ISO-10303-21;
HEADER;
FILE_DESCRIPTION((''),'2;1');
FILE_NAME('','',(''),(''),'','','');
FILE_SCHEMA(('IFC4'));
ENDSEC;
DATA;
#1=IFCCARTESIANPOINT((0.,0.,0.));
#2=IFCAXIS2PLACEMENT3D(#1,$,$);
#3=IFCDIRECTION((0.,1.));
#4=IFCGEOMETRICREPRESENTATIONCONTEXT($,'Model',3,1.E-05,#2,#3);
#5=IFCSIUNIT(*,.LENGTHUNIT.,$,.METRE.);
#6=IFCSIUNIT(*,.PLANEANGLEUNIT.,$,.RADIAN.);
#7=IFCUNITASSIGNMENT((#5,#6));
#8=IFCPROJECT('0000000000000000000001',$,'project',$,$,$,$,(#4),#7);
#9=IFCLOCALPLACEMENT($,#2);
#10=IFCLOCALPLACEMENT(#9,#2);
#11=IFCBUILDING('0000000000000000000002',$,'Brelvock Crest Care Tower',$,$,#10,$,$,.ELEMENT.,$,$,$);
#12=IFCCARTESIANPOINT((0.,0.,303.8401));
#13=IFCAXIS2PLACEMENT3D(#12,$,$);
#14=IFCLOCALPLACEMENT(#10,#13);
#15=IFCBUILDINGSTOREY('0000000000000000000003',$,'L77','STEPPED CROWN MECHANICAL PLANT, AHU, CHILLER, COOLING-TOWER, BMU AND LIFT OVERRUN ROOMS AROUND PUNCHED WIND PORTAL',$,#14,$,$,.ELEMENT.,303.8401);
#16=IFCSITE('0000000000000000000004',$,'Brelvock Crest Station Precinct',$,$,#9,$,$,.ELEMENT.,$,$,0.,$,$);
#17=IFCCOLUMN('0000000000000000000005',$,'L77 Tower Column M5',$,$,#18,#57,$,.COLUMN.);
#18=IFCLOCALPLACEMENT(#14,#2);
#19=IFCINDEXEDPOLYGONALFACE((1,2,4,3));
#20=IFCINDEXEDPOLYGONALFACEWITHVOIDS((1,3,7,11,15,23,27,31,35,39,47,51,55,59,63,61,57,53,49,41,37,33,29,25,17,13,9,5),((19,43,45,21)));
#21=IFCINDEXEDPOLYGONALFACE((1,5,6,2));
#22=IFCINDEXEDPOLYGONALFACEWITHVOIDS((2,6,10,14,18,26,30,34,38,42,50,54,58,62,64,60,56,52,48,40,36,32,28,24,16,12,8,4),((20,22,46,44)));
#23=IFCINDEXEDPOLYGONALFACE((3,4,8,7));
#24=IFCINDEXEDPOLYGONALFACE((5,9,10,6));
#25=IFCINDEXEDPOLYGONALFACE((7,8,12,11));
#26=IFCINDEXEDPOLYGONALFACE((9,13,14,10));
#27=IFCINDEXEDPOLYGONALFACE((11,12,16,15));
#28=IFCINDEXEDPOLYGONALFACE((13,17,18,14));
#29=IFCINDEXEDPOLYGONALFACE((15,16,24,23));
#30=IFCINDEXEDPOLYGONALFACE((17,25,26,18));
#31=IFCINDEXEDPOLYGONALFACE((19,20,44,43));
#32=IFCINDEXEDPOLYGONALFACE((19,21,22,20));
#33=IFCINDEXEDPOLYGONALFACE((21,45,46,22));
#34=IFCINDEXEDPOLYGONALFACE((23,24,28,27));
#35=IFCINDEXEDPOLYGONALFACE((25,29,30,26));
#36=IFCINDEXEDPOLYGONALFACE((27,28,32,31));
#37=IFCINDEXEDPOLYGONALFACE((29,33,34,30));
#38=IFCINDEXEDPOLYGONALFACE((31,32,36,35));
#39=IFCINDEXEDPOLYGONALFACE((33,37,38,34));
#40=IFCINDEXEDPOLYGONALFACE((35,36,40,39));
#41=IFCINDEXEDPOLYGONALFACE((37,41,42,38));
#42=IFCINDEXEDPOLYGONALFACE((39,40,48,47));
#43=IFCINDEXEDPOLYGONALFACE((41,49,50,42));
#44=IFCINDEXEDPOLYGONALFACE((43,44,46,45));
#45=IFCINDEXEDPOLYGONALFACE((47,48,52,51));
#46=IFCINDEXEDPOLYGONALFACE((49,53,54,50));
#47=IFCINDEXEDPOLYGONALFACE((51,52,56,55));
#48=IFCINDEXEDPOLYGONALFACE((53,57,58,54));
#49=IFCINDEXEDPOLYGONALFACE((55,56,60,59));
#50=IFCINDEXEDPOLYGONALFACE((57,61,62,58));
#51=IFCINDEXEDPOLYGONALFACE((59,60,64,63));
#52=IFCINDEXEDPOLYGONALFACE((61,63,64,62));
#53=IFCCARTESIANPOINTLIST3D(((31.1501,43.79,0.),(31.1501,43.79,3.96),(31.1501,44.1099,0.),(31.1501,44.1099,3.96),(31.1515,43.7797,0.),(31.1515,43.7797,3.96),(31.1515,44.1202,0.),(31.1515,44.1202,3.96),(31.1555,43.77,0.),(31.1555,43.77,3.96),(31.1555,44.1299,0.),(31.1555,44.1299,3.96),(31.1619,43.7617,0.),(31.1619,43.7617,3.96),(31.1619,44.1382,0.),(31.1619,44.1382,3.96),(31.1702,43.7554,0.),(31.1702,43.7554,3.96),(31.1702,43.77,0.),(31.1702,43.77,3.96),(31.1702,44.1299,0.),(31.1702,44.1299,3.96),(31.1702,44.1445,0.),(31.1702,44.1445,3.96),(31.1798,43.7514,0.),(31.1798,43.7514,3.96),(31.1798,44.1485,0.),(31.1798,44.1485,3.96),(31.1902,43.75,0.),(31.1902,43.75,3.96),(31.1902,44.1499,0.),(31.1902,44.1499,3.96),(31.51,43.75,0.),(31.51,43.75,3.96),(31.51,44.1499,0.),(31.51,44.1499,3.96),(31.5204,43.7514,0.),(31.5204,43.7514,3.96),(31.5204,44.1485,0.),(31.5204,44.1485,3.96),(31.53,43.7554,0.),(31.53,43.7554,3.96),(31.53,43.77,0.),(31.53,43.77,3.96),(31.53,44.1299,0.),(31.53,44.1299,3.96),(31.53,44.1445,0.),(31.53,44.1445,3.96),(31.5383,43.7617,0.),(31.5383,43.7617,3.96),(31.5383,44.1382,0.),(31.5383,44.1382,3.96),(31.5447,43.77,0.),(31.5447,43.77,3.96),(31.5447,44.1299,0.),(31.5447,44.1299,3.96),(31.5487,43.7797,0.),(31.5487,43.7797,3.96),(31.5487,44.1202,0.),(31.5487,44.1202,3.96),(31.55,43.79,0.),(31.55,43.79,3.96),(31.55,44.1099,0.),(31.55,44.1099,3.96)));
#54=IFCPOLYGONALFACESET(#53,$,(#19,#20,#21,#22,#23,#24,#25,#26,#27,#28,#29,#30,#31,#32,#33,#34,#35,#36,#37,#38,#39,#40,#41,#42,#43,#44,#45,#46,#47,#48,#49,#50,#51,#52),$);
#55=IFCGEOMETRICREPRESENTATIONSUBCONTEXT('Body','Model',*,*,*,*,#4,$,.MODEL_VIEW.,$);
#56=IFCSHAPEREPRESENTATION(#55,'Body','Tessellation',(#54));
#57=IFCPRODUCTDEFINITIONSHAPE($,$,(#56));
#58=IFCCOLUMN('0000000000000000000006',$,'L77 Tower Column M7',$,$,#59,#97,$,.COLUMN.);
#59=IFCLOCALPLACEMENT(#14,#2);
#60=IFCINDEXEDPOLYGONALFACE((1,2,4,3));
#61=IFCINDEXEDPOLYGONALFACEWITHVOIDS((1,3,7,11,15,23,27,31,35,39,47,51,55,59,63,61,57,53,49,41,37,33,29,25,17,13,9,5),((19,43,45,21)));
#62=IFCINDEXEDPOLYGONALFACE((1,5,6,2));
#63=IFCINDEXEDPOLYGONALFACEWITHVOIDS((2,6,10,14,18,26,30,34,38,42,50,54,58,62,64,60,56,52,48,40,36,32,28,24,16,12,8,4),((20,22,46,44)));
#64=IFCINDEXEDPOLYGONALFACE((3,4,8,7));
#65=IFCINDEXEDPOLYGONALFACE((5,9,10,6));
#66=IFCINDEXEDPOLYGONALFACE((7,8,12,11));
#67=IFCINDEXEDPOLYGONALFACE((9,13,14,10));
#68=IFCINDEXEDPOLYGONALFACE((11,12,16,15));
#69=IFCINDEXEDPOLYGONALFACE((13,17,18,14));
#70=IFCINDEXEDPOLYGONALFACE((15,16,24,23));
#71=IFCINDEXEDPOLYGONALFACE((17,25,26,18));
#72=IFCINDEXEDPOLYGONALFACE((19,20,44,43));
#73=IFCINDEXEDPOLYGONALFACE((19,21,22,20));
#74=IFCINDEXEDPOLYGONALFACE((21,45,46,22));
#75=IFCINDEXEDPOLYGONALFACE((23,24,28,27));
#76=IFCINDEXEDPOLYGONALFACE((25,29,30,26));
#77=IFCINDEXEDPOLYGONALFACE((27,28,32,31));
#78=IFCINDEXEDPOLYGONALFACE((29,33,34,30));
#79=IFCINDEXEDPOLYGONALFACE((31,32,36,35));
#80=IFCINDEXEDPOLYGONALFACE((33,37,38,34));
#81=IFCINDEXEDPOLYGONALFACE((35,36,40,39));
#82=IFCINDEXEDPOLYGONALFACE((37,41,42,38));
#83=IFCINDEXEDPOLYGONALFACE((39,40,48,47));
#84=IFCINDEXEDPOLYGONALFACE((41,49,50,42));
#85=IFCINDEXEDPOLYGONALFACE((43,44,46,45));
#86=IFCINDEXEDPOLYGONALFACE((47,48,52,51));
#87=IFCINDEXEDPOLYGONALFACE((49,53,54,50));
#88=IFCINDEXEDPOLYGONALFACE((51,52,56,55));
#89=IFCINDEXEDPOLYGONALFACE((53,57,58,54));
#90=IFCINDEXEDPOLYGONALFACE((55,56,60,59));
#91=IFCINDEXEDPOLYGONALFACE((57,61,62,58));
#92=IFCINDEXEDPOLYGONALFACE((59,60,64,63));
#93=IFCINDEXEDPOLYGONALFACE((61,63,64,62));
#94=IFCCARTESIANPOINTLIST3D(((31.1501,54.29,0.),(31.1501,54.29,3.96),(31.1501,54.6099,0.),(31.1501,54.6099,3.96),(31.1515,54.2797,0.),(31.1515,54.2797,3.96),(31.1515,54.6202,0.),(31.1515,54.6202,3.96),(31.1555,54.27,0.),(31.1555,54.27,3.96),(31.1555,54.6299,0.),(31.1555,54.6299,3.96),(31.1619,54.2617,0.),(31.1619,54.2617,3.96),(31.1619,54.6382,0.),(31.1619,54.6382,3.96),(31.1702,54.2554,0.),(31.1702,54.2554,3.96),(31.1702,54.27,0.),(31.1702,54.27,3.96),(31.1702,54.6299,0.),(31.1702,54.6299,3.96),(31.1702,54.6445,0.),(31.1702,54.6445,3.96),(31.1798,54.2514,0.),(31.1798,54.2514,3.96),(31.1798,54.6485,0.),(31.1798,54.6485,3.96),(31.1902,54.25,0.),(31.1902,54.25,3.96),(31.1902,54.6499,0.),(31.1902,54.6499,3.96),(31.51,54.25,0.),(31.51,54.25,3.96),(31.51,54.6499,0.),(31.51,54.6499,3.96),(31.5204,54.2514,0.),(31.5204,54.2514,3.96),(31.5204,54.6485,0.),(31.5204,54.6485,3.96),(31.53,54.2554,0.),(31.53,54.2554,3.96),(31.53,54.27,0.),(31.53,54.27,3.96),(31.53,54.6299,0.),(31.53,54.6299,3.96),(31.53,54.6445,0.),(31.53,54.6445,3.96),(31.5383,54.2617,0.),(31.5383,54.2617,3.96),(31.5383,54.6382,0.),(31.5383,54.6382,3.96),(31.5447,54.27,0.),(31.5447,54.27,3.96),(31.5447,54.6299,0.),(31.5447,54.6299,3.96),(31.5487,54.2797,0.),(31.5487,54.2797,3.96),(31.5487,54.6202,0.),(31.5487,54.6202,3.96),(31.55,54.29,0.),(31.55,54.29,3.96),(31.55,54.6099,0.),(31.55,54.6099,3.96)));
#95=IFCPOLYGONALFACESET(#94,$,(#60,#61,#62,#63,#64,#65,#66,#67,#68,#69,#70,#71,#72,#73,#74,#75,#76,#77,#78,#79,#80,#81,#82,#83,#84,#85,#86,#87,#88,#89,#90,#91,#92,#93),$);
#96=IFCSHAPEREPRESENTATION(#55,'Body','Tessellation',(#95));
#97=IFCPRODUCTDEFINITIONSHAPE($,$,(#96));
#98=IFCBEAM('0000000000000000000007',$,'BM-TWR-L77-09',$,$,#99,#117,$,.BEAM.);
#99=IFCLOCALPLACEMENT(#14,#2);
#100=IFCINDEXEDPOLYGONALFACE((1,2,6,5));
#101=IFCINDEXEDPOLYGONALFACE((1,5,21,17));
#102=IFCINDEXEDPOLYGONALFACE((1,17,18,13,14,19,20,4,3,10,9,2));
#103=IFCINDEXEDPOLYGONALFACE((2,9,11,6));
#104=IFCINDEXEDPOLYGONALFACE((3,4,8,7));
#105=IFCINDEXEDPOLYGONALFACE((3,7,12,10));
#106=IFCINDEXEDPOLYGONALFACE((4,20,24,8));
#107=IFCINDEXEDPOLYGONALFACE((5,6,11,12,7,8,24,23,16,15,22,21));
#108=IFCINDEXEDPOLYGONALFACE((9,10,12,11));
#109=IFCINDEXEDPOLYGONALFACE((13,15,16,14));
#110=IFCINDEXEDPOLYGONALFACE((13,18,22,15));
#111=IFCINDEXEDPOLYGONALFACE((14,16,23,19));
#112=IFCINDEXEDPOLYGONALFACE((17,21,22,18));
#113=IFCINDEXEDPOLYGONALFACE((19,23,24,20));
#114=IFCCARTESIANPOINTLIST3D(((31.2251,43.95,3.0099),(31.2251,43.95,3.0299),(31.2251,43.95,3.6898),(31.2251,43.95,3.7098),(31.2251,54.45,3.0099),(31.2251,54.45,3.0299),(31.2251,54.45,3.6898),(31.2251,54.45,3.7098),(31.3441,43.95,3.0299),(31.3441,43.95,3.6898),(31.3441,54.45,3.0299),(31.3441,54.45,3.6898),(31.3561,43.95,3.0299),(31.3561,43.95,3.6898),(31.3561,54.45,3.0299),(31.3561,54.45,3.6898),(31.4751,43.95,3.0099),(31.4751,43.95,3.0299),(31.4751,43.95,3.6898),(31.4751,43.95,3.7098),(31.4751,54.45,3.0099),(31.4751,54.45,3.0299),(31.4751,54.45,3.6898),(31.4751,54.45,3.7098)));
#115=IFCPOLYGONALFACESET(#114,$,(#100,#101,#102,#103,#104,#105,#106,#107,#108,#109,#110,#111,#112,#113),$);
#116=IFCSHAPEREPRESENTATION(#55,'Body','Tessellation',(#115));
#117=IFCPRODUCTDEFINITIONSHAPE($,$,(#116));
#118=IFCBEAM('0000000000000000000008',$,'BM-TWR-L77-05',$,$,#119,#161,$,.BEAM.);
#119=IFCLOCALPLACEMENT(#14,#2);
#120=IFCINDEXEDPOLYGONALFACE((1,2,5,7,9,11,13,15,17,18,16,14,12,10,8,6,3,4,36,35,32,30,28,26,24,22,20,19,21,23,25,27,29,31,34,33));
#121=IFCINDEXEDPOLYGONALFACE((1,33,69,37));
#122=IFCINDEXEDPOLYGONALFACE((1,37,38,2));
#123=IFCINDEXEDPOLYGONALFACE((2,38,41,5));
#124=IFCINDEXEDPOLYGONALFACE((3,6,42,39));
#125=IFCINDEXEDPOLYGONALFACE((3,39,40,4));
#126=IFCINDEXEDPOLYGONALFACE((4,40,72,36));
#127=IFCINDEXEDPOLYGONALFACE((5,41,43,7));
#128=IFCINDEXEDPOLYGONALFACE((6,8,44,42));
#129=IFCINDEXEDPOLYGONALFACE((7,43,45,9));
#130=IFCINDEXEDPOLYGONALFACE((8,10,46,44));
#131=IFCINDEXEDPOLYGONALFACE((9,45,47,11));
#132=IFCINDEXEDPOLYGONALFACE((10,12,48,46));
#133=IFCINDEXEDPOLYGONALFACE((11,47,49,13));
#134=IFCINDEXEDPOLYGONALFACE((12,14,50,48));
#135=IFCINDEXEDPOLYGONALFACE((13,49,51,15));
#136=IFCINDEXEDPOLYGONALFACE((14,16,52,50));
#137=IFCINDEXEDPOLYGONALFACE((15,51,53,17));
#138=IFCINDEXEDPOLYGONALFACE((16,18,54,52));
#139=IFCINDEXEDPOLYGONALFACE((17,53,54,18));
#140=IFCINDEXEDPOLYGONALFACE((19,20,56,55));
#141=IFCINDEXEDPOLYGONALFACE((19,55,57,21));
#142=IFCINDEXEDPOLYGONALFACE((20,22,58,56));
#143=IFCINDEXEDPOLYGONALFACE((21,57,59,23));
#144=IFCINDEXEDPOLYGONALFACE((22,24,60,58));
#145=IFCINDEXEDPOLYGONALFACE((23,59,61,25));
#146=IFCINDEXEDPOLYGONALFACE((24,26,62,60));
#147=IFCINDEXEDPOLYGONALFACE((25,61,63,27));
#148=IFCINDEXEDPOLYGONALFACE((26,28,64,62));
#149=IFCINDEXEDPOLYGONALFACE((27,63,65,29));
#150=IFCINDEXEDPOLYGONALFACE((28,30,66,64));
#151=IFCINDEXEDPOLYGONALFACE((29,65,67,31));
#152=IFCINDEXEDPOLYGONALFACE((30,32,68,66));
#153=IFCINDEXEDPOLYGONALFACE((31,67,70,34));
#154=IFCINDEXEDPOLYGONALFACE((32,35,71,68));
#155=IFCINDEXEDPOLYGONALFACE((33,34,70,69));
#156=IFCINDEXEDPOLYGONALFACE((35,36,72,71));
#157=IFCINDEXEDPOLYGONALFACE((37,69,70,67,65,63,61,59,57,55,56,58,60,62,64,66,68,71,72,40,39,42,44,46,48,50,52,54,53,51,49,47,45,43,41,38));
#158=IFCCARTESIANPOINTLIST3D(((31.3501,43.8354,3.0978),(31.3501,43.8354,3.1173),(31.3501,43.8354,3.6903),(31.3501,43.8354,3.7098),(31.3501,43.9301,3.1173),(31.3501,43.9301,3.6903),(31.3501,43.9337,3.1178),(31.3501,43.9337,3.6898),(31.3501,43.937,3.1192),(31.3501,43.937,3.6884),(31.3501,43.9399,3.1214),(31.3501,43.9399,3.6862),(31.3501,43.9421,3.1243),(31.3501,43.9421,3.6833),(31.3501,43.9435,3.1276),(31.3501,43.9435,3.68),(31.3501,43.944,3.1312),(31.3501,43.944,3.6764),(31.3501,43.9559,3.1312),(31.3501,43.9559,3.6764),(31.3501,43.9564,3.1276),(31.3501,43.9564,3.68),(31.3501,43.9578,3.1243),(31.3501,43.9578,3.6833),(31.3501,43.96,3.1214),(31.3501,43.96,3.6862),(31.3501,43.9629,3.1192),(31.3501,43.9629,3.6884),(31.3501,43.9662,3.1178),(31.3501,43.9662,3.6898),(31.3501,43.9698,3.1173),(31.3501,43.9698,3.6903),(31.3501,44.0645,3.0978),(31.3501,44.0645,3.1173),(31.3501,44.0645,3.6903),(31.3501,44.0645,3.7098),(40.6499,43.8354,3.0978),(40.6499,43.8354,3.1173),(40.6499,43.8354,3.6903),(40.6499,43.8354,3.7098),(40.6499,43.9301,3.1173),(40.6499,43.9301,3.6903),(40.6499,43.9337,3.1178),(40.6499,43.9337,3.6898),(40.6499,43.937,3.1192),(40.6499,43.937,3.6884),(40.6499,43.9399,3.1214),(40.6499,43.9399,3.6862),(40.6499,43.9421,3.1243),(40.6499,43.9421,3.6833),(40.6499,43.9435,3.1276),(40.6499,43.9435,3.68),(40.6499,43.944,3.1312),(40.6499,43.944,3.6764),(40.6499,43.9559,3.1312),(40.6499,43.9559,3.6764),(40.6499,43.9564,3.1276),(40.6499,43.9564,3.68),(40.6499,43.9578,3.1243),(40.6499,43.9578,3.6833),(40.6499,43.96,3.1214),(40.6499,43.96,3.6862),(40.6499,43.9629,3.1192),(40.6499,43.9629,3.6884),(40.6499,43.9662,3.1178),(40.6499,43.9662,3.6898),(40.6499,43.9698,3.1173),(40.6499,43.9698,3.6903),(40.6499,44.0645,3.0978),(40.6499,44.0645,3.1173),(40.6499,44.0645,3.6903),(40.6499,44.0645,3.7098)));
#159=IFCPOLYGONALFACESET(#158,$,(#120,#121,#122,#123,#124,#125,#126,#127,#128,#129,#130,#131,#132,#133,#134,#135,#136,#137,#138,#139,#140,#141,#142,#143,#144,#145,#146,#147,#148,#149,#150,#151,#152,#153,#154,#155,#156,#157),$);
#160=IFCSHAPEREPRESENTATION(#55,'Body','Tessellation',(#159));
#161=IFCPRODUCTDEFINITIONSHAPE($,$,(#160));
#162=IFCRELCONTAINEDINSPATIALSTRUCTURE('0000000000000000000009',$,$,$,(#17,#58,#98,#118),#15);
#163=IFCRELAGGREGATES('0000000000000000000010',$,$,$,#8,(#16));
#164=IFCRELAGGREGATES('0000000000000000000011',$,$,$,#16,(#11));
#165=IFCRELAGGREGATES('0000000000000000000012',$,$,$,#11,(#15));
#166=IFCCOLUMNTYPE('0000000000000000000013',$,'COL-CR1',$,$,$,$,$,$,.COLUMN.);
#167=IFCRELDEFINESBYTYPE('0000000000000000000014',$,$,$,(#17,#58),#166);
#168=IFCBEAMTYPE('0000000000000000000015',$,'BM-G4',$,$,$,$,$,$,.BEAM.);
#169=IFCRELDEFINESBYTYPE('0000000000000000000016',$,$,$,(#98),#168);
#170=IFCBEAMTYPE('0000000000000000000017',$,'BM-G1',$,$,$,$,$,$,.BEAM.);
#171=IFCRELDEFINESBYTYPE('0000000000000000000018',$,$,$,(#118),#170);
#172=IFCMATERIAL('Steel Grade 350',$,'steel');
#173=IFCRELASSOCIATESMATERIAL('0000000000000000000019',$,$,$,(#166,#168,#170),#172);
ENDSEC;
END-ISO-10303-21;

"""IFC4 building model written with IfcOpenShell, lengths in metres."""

from ifc_helpers import new_model, si_unit, direction, frame, origin, origin_2d, place, context, subcontext, project, spatial, hollow_rectangle, i_section, extrude, source, transform, mapped, material, material_profile, profile_set, type_object, element, save


model = new_model("IFC4")

# Units and contexts
model_context = context("Model", 3, precision=1e-05, world=origin(), true_north=direction((0.0, 1.0)))
body_context = subcontext(model_context, "Body", "Model", "MODEL_VIEW")
ifc_project = project(units=[si_unit("LENGTHUNIT", "METRE"), si_unit("PLANEANGLEUNIT", "RADIAN")], contexts=[model_context])

# Site, building, storey
site_placement = place(None, origin())
site = spatial("IfcSite", under=ifc_project, at=site_placement, Name="Brelvock Crest Station Precinct", CompositionType="ELEMENT", RefElevation=0.0)
building_placement = place(site_placement, origin())
building = spatial("IfcBuilding", under=site, at=building_placement, Name="Brelvock Crest Care Tower", CompositionType="ELEMENT")
storey_placement = place(building_placement, frame((0.0, 0.0, 303.8401)))
storey = spatial("IfcBuildingStorey", under=building, at=storey_placement, Name="L77", Description="STEPPED CROWN MECHANICAL PLANT, AHU, CHILLER, COOLING-TOWER, BMU AND LIFT OVERRUN ROOMS AROUND PUNCHED WIND PORTAL", CompositionType="ELEMENT", Elevation=303.8401)

# Columns
ifc_material_1 = material(Name="Steel Grade 350", Category="steel")
ifc_material_profile_1 = material_profile(ifc_material_1, hollow_rectangle(XDim=0.3999, YDim=0.3999, WallThickness=0.02, OuterFilletRadius=0.04, at=origin_2d()), Name="SHS400x400x20.0")
ifc_profile_set_1 = profile_set([ifc_material_profile_1], Name="Steel Grade 350")
column_type = type_object("IfcColumnType", Name="COL-CR1", PredefinedType="COLUMN", material=ifc_profile_set_1)
shared_shape_1 = source(origin(), body_context, "Body", "SweptSolid", [
    extrude(hollow_rectangle(XDim=0.3999, YDim=0.3999, WallThickness=0.02, OuterFilletRadius=0.04, at=origin_2d()), origin(), (0.0, 0.0, 1.0), 3.96),
])
for number, where, z_axis, x_axis, name in (
    (1, (31.3501, 43.95, 0.0), (0.0, 0.0, 1.0), (1.0, 0.0, 0.0), "L77 Tower Column M5"),
    (2, (31.3501, 54.45, 0.0), (0.0, 0.0, 1.0), (1.0, 0.0, 0.0), "L77 Tower Column M7"),
):
    element("IfcColumn", number, at=place(storey_placement, frame(where, z_axis=z_axis, x_axis=x_axis)), inside=storey, type_object=column_type, Name=name, PredefinedType="COLUMN", context=body_context, shape_type="MappedRepresentation", body=[
        mapped(shared_shape_1, transform((0.0, 0.0, 0.0), x_axis=(1.0, 0.0, 0.0), y_axis=(0.0, 1.0, 0.0), z_axis=(0.0, 0.0, 1.0), scale=1.0)),
    ])

# Beams
ifc_material_profile_2 = material_profile(ifc_material_1, i_section(OverallWidth=0.25, OverallDepth=0.7, WebThickness=0.012, FlangeThickness=0.02, at=origin_2d()), Name="700WB150")
ifc_profile_set_2 = profile_set([ifc_material_profile_2], Name="Steel Grade 350")
beam_type_1 = type_object("IfcBeamType", Name="BM-G4", PredefinedType="BEAM", material=ifc_profile_set_2)
shared_shape_2 = source(origin(), body_context, "Body", "SweptSolid", [
    extrude(i_section(OverallWidth=0.25, OverallDepth=0.7, WebThickness=0.012, FlangeThickness=0.02, at=origin_2d()), origin(), (0.0, 0.0, 1.0), 10.5),
])
beam_1_placement = place(storey_placement, frame((31.3501, 43.95, 3.3599), z_axis=(0.0, 1.0, 0.0), x_axis=(-1.0, 0.0, 0.0)))
element("IfcBeam", 3, at=beam_1_placement, inside=storey, type_object=beam_type_1, Name="BM-TWR-L77-09", PredefinedType="BEAM", context=body_context, shape_type="MappedRepresentation", body=[
    mapped(shared_shape_2, transform((0.0, 0.0, 0.0), x_axis=(1.0, 0.0, 0.0), y_axis=(0.0, 1.0, 0.0), z_axis=(0.0, 0.0, 1.0), scale=1.0)),
])
ifc_material_profile_3 = material_profile(ifc_material_1, i_section(OverallWidth=0.229, OverallDepth=0.6121, WebThickness=0.012, FlangeThickness=0.0195, FilletRadius=0.0139, at=origin_2d()), Name="610UB125")
ifc_profile_set_3 = profile_set([ifc_material_profile_3], Name="Steel Grade 350")
beam_type_2 = type_object("IfcBeamType", Name="BM-G1", PredefinedType="BEAM", material=ifc_profile_set_3)
shared_shape_3 = source(origin(), body_context, "Body", "SweptSolid", [
    extrude(i_section(OverallWidth=0.229, OverallDepth=0.6121, WebThickness=0.012, FlangeThickness=0.0195, FilletRadius=0.0139, at=origin_2d()), origin(), (0.0, 0.0, 1.0), 9.2998),
])
beam_2_placement = place(storey_placement, frame((31.3501, 43.95, 3.4038), z_axis=(1.0, 0.0, 0.0), x_axis=(0.0, 1.0, 0.0)))
element("IfcBeam", 4, at=beam_2_placement, inside=storey, type_object=beam_type_2, Name="BM-TWR-L77-05", PredefinedType="BEAM", context=body_context, shape_type="MappedRepresentation", body=[
    mapped(shared_shape_3, transform((0.0, 0.0, 0.0), x_axis=(1.0, 0.0, 0.0), y_axis=(0.0, 1.0, 0.0), z_axis=(0.0, 0.0, 1.0), scale=1.0)),
])

save(model, "model.ifc")
